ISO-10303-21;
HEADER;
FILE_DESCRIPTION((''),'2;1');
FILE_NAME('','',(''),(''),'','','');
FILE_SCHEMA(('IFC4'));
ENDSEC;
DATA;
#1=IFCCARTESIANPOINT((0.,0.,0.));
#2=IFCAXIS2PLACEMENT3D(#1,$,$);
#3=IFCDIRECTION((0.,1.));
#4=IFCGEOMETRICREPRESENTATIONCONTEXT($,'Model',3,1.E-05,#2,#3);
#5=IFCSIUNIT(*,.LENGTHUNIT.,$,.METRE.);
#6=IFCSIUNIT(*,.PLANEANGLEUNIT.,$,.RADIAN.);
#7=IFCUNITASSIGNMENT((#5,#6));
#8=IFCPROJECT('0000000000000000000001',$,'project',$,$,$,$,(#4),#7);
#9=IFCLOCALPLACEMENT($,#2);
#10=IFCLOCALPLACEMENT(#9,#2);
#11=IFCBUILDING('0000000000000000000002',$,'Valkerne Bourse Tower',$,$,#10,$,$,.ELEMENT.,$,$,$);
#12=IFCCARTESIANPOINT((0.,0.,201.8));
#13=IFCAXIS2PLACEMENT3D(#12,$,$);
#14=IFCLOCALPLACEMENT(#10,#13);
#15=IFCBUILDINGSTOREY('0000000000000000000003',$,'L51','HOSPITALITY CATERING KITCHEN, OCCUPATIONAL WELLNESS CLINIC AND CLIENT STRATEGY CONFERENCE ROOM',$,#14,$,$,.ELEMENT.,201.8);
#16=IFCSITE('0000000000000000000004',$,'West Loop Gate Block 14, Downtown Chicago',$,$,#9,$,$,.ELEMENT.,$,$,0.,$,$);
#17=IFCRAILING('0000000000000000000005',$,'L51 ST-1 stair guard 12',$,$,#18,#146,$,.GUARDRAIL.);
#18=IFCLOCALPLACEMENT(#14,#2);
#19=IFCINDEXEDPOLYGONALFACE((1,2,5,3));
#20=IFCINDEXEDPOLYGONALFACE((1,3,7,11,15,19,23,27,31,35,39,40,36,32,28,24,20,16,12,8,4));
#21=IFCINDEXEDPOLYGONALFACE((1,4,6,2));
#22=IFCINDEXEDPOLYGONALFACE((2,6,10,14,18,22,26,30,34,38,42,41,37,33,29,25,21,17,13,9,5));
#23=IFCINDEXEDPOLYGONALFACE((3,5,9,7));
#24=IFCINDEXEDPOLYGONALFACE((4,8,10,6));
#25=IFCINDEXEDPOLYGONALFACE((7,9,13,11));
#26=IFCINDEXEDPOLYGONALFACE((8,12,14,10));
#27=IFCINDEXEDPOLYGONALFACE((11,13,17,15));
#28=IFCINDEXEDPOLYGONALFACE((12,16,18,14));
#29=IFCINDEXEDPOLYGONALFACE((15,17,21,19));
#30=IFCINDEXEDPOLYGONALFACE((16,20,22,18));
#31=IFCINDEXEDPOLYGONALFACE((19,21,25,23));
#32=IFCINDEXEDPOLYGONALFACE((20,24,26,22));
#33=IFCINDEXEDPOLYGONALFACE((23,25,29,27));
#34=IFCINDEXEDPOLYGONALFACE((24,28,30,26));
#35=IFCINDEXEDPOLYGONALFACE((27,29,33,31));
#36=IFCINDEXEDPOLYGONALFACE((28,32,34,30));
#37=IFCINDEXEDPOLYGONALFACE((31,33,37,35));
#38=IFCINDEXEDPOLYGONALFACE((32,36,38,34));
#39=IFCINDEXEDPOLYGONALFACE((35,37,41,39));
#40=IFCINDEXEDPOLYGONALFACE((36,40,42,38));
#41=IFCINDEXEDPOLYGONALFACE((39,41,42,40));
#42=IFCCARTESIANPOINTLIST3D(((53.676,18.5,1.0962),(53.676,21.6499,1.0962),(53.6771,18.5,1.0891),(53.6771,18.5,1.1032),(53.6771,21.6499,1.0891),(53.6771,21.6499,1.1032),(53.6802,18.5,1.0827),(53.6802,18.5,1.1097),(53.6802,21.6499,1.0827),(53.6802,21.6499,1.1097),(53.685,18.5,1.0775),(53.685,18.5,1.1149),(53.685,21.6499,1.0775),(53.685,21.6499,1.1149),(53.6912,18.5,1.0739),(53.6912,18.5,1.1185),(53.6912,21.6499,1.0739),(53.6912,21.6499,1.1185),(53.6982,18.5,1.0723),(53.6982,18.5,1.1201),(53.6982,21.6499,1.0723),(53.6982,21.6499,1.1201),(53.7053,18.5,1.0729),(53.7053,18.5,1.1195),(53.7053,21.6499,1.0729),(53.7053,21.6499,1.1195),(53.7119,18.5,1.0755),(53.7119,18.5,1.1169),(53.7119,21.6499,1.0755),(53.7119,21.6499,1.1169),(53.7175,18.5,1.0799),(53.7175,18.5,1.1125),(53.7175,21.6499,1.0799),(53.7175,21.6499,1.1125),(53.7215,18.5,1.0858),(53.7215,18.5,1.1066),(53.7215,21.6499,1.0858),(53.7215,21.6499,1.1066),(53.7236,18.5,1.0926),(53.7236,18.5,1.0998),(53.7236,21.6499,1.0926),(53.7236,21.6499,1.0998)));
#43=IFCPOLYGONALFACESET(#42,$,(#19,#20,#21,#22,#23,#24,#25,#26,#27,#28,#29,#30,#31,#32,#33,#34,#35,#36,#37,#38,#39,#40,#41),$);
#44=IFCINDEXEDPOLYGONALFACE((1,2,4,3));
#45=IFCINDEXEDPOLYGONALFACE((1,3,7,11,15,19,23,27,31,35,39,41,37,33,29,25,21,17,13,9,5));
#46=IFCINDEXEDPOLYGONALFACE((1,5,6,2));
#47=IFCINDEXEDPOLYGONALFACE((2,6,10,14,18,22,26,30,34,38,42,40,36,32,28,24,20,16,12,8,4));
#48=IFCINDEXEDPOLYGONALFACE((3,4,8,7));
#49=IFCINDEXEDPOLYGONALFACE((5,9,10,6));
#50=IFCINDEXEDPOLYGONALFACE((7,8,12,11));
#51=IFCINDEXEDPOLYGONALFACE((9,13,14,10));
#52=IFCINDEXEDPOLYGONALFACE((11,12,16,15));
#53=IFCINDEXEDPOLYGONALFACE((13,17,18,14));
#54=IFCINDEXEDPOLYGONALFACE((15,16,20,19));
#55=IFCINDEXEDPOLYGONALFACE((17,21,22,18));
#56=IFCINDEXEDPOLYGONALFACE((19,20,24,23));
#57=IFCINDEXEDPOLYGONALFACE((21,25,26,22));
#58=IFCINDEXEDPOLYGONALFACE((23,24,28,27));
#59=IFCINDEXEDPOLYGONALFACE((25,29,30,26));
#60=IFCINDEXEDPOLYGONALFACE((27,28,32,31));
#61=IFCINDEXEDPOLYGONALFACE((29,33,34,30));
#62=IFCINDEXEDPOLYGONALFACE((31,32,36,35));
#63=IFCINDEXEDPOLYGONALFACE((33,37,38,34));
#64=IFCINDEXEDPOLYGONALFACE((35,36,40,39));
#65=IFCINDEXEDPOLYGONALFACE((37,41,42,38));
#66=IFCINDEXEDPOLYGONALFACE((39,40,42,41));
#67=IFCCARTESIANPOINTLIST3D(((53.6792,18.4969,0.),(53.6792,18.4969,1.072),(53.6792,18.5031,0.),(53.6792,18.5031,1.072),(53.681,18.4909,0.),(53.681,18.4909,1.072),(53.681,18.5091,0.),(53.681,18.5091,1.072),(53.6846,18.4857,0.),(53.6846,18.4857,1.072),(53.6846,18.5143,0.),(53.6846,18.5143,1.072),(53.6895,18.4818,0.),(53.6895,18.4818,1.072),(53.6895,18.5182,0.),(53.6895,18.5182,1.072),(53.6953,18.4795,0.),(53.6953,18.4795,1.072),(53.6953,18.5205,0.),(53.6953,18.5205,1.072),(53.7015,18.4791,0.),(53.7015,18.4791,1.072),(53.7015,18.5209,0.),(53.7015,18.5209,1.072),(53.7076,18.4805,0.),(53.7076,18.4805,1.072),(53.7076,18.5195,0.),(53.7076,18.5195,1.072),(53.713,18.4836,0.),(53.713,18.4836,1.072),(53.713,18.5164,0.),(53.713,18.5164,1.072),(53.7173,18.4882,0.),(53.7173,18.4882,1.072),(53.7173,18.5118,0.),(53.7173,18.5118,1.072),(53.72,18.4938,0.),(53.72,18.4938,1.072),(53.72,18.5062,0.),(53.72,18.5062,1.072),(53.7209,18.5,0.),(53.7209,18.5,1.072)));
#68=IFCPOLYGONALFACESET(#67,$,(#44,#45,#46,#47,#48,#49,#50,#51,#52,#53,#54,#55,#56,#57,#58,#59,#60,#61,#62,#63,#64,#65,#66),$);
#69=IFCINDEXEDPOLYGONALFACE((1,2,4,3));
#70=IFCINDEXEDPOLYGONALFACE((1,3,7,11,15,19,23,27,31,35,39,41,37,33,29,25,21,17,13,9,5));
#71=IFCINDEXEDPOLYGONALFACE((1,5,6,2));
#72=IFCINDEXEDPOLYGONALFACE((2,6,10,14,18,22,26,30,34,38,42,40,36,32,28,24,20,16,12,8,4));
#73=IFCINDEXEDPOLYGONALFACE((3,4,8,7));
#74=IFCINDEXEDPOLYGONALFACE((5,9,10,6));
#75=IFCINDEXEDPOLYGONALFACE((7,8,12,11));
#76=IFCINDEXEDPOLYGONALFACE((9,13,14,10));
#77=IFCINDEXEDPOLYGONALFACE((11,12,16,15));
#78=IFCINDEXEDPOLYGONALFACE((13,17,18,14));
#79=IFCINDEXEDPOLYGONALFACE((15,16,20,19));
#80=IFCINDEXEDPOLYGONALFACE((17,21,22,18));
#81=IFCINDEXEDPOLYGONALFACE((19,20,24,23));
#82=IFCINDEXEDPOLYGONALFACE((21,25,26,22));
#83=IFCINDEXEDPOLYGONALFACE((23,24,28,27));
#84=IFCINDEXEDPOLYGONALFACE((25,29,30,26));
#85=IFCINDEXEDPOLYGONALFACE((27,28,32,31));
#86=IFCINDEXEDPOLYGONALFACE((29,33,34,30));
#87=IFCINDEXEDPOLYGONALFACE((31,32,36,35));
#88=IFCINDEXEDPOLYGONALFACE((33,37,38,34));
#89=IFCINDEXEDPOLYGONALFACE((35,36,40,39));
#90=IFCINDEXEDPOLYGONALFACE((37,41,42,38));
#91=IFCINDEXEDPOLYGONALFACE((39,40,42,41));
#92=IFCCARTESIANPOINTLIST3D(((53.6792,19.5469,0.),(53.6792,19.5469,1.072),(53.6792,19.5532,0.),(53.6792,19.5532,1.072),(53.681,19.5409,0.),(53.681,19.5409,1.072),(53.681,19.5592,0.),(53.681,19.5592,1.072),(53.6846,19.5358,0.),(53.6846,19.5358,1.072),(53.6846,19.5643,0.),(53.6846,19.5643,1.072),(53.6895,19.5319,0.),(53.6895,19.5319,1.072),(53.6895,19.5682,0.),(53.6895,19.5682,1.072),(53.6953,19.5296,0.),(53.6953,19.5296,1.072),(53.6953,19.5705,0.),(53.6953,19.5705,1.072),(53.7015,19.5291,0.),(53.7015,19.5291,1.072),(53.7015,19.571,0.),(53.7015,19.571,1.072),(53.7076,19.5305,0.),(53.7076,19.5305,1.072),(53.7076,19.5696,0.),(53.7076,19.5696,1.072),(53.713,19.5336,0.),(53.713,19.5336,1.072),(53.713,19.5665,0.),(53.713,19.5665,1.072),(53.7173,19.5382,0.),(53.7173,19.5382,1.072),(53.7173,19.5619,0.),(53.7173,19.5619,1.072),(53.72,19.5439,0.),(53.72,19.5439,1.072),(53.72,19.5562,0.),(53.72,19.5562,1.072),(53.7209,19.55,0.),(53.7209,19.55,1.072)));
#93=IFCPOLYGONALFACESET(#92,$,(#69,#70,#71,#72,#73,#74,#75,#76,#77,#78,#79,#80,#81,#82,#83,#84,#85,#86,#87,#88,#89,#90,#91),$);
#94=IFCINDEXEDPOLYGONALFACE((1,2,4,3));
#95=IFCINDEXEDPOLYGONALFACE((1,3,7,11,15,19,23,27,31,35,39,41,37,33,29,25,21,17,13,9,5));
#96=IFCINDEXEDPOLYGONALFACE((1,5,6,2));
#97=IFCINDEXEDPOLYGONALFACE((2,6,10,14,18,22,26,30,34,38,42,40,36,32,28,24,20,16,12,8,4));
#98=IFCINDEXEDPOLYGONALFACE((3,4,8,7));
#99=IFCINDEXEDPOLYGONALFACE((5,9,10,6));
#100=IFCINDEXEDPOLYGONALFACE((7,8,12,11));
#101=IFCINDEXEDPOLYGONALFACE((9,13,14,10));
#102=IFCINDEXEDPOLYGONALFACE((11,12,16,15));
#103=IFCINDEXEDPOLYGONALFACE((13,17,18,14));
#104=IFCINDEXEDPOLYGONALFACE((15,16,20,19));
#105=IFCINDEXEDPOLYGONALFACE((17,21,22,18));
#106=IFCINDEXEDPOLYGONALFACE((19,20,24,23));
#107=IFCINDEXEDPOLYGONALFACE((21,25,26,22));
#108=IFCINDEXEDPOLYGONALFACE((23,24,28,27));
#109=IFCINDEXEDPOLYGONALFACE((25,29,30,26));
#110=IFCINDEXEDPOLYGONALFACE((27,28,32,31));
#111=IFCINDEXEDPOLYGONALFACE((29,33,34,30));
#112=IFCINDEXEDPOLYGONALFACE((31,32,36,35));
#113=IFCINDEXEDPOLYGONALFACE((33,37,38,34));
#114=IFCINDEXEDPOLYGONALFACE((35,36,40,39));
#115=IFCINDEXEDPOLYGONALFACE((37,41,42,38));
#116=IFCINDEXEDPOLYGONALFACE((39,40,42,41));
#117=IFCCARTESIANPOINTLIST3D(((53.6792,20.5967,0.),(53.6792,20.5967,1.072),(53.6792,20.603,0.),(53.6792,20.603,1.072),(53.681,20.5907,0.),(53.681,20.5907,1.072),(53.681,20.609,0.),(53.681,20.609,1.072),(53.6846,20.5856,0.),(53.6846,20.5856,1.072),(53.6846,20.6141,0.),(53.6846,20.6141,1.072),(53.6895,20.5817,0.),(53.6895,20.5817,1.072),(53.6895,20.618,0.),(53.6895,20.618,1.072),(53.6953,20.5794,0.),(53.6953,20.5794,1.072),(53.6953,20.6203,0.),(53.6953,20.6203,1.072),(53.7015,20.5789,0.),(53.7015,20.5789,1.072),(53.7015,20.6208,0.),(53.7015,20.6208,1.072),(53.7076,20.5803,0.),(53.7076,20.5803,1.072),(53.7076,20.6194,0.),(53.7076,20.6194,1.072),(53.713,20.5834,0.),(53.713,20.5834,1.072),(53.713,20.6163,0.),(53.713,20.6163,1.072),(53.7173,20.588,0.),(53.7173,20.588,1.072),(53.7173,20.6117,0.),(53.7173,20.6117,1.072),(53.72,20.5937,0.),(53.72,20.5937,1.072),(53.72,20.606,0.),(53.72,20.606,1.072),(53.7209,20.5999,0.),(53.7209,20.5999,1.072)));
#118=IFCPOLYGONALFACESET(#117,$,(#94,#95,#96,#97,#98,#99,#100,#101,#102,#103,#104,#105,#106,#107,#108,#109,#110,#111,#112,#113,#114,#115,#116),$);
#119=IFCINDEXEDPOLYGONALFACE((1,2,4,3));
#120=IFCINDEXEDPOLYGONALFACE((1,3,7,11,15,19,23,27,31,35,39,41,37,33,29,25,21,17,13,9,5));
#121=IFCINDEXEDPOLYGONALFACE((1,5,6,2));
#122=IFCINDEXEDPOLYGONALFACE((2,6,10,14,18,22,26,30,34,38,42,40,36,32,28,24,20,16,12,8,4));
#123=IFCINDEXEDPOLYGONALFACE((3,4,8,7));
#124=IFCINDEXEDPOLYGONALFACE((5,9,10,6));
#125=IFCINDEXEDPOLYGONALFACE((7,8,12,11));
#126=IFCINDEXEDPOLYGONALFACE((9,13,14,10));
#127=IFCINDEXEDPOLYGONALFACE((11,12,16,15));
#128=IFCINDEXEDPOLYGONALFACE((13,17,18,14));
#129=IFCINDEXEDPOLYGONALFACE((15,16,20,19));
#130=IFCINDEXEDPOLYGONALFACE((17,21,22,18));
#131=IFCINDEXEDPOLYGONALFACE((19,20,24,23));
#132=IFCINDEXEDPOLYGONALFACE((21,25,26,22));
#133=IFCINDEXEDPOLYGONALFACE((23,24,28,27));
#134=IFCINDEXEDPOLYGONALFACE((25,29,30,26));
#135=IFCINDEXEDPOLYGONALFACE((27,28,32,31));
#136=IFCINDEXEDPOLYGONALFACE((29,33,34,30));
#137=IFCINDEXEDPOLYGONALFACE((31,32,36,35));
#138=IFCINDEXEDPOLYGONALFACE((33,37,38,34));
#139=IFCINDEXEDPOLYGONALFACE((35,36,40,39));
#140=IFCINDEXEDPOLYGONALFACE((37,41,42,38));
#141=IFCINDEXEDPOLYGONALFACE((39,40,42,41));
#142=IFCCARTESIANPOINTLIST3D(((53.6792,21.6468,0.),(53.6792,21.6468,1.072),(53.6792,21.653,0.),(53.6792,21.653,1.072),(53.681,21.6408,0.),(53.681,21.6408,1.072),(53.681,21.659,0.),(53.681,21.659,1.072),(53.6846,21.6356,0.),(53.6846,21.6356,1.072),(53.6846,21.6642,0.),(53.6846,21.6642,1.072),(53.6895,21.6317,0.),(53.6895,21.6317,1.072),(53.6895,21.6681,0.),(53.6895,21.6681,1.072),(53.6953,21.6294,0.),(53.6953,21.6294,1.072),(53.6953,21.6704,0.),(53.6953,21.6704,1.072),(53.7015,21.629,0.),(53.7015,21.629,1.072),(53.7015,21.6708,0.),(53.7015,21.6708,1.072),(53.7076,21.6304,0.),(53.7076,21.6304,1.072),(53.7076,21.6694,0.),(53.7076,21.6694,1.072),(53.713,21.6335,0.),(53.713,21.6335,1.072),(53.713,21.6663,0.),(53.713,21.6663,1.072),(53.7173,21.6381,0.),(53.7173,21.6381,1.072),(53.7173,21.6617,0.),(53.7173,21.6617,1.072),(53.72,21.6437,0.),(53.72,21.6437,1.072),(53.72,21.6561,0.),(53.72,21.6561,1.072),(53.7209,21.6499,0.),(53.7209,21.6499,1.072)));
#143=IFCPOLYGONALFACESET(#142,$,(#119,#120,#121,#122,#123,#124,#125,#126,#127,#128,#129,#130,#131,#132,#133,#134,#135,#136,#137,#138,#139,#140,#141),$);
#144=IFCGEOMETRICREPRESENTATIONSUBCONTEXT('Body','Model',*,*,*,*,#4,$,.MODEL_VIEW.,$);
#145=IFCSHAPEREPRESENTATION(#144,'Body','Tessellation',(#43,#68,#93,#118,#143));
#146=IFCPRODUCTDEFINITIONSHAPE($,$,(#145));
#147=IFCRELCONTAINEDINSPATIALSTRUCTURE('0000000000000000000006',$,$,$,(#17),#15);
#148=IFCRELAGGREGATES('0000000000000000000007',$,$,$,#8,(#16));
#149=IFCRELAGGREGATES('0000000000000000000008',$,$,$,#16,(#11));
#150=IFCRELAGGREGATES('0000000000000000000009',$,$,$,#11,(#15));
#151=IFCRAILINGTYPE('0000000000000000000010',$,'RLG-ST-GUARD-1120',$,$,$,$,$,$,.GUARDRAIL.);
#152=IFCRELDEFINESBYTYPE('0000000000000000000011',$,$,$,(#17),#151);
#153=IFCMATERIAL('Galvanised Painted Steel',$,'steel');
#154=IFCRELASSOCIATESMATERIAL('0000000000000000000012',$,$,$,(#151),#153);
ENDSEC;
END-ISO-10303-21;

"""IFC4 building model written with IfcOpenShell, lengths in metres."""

from ifc_helpers import new_model, si_unit, direction, frame, origin, origin_2d, place, context, subcontext, project, spatial, circle, extrude, material, type_object, element, save


model = new_model("IFC4")

# Units and contexts
model_context = context("Model", 3, precision=1e-05, world=origin(), true_north=direction((0.0, 1.0)))
body_context = subcontext(model_context, "Body", "Model", "MODEL_VIEW")
ifc_project = project(units=[si_unit("LENGTHUNIT", "METRE"), si_unit("PLANEANGLEUNIT", "RADIAN")], contexts=[model_context])

# Site, building, storey
site_placement = place(None, origin())
site = spatial("IfcSite", under=ifc_project, at=site_placement, Name="West Loop Gate Block 14, Downtown Chicago", CompositionType="ELEMENT", RefElevation=0.0)
building_placement = place(site_placement, origin())
building = spatial("IfcBuilding", under=site, at=building_placement, Name="Valkerne Bourse Tower", CompositionType="ELEMENT")
storey_placement = place(building_placement, frame((0.0, 0.0, 201.8)))
storey = spatial("IfcBuildingStorey", under=building, at=storey_placement, Name="L51", Description="HOSPITALITY CATERING KITCHEN, OCCUPATIONAL WELLNESS CLINIC AND CLIENT STRATEGY CONFERENCE ROOM", CompositionType="ELEMENT", Elevation=201.8)

# Railing
ifc_material_1 = material(Name="Galvanised Painted Steel", Category="steel")
railing_type = type_object("IfcRailingType", Name="RLG-ST-GUARD-1120", PredefinedType="GUARDRAIL", material=ifc_material_1)
railing_1_placement = place(storey_placement, frame((53.7, 18.5, 0.0)))
element("IfcRailing", 1, at=railing_1_placement, inside=storey, type_object=railing_type, Name="L51 ST-1 stair guard 12", PredefinedType="GUARDRAIL", context=body_context, shape_type="SweptSolid", body=[
    extrude(circle(Radius=0.0239, at=origin_2d()), frame((0.0, 0.0, 1.0962), z_axis=(0.0, 1.0, 0.0), x_axis=(-1.0, 0.0, 0.0)), (0.0, 0.0, 1.0), 3.1499),
    extrude(circle(Radius=0.021, at=origin_2d()), origin(), (0.0, 0.0, 1.0), 1.072),
    extrude(circle(Radius=0.021, at=origin_2d()), frame((0.0, 1.05, 0.0)), (0.0, 0.0, 1.0), 1.072),
    extrude(circle(Radius=0.021, at=origin_2d()), frame((0.0, 2.0999, 0.0)), (0.0, 0.0, 1.0), 1.072),
    extrude(circle(Radius=0.021, at=origin_2d()), frame((0.0, 3.1499, 0.0)), (0.0, 0.0, 1.0), 1.072),
])

save(model, "model.ifc")
